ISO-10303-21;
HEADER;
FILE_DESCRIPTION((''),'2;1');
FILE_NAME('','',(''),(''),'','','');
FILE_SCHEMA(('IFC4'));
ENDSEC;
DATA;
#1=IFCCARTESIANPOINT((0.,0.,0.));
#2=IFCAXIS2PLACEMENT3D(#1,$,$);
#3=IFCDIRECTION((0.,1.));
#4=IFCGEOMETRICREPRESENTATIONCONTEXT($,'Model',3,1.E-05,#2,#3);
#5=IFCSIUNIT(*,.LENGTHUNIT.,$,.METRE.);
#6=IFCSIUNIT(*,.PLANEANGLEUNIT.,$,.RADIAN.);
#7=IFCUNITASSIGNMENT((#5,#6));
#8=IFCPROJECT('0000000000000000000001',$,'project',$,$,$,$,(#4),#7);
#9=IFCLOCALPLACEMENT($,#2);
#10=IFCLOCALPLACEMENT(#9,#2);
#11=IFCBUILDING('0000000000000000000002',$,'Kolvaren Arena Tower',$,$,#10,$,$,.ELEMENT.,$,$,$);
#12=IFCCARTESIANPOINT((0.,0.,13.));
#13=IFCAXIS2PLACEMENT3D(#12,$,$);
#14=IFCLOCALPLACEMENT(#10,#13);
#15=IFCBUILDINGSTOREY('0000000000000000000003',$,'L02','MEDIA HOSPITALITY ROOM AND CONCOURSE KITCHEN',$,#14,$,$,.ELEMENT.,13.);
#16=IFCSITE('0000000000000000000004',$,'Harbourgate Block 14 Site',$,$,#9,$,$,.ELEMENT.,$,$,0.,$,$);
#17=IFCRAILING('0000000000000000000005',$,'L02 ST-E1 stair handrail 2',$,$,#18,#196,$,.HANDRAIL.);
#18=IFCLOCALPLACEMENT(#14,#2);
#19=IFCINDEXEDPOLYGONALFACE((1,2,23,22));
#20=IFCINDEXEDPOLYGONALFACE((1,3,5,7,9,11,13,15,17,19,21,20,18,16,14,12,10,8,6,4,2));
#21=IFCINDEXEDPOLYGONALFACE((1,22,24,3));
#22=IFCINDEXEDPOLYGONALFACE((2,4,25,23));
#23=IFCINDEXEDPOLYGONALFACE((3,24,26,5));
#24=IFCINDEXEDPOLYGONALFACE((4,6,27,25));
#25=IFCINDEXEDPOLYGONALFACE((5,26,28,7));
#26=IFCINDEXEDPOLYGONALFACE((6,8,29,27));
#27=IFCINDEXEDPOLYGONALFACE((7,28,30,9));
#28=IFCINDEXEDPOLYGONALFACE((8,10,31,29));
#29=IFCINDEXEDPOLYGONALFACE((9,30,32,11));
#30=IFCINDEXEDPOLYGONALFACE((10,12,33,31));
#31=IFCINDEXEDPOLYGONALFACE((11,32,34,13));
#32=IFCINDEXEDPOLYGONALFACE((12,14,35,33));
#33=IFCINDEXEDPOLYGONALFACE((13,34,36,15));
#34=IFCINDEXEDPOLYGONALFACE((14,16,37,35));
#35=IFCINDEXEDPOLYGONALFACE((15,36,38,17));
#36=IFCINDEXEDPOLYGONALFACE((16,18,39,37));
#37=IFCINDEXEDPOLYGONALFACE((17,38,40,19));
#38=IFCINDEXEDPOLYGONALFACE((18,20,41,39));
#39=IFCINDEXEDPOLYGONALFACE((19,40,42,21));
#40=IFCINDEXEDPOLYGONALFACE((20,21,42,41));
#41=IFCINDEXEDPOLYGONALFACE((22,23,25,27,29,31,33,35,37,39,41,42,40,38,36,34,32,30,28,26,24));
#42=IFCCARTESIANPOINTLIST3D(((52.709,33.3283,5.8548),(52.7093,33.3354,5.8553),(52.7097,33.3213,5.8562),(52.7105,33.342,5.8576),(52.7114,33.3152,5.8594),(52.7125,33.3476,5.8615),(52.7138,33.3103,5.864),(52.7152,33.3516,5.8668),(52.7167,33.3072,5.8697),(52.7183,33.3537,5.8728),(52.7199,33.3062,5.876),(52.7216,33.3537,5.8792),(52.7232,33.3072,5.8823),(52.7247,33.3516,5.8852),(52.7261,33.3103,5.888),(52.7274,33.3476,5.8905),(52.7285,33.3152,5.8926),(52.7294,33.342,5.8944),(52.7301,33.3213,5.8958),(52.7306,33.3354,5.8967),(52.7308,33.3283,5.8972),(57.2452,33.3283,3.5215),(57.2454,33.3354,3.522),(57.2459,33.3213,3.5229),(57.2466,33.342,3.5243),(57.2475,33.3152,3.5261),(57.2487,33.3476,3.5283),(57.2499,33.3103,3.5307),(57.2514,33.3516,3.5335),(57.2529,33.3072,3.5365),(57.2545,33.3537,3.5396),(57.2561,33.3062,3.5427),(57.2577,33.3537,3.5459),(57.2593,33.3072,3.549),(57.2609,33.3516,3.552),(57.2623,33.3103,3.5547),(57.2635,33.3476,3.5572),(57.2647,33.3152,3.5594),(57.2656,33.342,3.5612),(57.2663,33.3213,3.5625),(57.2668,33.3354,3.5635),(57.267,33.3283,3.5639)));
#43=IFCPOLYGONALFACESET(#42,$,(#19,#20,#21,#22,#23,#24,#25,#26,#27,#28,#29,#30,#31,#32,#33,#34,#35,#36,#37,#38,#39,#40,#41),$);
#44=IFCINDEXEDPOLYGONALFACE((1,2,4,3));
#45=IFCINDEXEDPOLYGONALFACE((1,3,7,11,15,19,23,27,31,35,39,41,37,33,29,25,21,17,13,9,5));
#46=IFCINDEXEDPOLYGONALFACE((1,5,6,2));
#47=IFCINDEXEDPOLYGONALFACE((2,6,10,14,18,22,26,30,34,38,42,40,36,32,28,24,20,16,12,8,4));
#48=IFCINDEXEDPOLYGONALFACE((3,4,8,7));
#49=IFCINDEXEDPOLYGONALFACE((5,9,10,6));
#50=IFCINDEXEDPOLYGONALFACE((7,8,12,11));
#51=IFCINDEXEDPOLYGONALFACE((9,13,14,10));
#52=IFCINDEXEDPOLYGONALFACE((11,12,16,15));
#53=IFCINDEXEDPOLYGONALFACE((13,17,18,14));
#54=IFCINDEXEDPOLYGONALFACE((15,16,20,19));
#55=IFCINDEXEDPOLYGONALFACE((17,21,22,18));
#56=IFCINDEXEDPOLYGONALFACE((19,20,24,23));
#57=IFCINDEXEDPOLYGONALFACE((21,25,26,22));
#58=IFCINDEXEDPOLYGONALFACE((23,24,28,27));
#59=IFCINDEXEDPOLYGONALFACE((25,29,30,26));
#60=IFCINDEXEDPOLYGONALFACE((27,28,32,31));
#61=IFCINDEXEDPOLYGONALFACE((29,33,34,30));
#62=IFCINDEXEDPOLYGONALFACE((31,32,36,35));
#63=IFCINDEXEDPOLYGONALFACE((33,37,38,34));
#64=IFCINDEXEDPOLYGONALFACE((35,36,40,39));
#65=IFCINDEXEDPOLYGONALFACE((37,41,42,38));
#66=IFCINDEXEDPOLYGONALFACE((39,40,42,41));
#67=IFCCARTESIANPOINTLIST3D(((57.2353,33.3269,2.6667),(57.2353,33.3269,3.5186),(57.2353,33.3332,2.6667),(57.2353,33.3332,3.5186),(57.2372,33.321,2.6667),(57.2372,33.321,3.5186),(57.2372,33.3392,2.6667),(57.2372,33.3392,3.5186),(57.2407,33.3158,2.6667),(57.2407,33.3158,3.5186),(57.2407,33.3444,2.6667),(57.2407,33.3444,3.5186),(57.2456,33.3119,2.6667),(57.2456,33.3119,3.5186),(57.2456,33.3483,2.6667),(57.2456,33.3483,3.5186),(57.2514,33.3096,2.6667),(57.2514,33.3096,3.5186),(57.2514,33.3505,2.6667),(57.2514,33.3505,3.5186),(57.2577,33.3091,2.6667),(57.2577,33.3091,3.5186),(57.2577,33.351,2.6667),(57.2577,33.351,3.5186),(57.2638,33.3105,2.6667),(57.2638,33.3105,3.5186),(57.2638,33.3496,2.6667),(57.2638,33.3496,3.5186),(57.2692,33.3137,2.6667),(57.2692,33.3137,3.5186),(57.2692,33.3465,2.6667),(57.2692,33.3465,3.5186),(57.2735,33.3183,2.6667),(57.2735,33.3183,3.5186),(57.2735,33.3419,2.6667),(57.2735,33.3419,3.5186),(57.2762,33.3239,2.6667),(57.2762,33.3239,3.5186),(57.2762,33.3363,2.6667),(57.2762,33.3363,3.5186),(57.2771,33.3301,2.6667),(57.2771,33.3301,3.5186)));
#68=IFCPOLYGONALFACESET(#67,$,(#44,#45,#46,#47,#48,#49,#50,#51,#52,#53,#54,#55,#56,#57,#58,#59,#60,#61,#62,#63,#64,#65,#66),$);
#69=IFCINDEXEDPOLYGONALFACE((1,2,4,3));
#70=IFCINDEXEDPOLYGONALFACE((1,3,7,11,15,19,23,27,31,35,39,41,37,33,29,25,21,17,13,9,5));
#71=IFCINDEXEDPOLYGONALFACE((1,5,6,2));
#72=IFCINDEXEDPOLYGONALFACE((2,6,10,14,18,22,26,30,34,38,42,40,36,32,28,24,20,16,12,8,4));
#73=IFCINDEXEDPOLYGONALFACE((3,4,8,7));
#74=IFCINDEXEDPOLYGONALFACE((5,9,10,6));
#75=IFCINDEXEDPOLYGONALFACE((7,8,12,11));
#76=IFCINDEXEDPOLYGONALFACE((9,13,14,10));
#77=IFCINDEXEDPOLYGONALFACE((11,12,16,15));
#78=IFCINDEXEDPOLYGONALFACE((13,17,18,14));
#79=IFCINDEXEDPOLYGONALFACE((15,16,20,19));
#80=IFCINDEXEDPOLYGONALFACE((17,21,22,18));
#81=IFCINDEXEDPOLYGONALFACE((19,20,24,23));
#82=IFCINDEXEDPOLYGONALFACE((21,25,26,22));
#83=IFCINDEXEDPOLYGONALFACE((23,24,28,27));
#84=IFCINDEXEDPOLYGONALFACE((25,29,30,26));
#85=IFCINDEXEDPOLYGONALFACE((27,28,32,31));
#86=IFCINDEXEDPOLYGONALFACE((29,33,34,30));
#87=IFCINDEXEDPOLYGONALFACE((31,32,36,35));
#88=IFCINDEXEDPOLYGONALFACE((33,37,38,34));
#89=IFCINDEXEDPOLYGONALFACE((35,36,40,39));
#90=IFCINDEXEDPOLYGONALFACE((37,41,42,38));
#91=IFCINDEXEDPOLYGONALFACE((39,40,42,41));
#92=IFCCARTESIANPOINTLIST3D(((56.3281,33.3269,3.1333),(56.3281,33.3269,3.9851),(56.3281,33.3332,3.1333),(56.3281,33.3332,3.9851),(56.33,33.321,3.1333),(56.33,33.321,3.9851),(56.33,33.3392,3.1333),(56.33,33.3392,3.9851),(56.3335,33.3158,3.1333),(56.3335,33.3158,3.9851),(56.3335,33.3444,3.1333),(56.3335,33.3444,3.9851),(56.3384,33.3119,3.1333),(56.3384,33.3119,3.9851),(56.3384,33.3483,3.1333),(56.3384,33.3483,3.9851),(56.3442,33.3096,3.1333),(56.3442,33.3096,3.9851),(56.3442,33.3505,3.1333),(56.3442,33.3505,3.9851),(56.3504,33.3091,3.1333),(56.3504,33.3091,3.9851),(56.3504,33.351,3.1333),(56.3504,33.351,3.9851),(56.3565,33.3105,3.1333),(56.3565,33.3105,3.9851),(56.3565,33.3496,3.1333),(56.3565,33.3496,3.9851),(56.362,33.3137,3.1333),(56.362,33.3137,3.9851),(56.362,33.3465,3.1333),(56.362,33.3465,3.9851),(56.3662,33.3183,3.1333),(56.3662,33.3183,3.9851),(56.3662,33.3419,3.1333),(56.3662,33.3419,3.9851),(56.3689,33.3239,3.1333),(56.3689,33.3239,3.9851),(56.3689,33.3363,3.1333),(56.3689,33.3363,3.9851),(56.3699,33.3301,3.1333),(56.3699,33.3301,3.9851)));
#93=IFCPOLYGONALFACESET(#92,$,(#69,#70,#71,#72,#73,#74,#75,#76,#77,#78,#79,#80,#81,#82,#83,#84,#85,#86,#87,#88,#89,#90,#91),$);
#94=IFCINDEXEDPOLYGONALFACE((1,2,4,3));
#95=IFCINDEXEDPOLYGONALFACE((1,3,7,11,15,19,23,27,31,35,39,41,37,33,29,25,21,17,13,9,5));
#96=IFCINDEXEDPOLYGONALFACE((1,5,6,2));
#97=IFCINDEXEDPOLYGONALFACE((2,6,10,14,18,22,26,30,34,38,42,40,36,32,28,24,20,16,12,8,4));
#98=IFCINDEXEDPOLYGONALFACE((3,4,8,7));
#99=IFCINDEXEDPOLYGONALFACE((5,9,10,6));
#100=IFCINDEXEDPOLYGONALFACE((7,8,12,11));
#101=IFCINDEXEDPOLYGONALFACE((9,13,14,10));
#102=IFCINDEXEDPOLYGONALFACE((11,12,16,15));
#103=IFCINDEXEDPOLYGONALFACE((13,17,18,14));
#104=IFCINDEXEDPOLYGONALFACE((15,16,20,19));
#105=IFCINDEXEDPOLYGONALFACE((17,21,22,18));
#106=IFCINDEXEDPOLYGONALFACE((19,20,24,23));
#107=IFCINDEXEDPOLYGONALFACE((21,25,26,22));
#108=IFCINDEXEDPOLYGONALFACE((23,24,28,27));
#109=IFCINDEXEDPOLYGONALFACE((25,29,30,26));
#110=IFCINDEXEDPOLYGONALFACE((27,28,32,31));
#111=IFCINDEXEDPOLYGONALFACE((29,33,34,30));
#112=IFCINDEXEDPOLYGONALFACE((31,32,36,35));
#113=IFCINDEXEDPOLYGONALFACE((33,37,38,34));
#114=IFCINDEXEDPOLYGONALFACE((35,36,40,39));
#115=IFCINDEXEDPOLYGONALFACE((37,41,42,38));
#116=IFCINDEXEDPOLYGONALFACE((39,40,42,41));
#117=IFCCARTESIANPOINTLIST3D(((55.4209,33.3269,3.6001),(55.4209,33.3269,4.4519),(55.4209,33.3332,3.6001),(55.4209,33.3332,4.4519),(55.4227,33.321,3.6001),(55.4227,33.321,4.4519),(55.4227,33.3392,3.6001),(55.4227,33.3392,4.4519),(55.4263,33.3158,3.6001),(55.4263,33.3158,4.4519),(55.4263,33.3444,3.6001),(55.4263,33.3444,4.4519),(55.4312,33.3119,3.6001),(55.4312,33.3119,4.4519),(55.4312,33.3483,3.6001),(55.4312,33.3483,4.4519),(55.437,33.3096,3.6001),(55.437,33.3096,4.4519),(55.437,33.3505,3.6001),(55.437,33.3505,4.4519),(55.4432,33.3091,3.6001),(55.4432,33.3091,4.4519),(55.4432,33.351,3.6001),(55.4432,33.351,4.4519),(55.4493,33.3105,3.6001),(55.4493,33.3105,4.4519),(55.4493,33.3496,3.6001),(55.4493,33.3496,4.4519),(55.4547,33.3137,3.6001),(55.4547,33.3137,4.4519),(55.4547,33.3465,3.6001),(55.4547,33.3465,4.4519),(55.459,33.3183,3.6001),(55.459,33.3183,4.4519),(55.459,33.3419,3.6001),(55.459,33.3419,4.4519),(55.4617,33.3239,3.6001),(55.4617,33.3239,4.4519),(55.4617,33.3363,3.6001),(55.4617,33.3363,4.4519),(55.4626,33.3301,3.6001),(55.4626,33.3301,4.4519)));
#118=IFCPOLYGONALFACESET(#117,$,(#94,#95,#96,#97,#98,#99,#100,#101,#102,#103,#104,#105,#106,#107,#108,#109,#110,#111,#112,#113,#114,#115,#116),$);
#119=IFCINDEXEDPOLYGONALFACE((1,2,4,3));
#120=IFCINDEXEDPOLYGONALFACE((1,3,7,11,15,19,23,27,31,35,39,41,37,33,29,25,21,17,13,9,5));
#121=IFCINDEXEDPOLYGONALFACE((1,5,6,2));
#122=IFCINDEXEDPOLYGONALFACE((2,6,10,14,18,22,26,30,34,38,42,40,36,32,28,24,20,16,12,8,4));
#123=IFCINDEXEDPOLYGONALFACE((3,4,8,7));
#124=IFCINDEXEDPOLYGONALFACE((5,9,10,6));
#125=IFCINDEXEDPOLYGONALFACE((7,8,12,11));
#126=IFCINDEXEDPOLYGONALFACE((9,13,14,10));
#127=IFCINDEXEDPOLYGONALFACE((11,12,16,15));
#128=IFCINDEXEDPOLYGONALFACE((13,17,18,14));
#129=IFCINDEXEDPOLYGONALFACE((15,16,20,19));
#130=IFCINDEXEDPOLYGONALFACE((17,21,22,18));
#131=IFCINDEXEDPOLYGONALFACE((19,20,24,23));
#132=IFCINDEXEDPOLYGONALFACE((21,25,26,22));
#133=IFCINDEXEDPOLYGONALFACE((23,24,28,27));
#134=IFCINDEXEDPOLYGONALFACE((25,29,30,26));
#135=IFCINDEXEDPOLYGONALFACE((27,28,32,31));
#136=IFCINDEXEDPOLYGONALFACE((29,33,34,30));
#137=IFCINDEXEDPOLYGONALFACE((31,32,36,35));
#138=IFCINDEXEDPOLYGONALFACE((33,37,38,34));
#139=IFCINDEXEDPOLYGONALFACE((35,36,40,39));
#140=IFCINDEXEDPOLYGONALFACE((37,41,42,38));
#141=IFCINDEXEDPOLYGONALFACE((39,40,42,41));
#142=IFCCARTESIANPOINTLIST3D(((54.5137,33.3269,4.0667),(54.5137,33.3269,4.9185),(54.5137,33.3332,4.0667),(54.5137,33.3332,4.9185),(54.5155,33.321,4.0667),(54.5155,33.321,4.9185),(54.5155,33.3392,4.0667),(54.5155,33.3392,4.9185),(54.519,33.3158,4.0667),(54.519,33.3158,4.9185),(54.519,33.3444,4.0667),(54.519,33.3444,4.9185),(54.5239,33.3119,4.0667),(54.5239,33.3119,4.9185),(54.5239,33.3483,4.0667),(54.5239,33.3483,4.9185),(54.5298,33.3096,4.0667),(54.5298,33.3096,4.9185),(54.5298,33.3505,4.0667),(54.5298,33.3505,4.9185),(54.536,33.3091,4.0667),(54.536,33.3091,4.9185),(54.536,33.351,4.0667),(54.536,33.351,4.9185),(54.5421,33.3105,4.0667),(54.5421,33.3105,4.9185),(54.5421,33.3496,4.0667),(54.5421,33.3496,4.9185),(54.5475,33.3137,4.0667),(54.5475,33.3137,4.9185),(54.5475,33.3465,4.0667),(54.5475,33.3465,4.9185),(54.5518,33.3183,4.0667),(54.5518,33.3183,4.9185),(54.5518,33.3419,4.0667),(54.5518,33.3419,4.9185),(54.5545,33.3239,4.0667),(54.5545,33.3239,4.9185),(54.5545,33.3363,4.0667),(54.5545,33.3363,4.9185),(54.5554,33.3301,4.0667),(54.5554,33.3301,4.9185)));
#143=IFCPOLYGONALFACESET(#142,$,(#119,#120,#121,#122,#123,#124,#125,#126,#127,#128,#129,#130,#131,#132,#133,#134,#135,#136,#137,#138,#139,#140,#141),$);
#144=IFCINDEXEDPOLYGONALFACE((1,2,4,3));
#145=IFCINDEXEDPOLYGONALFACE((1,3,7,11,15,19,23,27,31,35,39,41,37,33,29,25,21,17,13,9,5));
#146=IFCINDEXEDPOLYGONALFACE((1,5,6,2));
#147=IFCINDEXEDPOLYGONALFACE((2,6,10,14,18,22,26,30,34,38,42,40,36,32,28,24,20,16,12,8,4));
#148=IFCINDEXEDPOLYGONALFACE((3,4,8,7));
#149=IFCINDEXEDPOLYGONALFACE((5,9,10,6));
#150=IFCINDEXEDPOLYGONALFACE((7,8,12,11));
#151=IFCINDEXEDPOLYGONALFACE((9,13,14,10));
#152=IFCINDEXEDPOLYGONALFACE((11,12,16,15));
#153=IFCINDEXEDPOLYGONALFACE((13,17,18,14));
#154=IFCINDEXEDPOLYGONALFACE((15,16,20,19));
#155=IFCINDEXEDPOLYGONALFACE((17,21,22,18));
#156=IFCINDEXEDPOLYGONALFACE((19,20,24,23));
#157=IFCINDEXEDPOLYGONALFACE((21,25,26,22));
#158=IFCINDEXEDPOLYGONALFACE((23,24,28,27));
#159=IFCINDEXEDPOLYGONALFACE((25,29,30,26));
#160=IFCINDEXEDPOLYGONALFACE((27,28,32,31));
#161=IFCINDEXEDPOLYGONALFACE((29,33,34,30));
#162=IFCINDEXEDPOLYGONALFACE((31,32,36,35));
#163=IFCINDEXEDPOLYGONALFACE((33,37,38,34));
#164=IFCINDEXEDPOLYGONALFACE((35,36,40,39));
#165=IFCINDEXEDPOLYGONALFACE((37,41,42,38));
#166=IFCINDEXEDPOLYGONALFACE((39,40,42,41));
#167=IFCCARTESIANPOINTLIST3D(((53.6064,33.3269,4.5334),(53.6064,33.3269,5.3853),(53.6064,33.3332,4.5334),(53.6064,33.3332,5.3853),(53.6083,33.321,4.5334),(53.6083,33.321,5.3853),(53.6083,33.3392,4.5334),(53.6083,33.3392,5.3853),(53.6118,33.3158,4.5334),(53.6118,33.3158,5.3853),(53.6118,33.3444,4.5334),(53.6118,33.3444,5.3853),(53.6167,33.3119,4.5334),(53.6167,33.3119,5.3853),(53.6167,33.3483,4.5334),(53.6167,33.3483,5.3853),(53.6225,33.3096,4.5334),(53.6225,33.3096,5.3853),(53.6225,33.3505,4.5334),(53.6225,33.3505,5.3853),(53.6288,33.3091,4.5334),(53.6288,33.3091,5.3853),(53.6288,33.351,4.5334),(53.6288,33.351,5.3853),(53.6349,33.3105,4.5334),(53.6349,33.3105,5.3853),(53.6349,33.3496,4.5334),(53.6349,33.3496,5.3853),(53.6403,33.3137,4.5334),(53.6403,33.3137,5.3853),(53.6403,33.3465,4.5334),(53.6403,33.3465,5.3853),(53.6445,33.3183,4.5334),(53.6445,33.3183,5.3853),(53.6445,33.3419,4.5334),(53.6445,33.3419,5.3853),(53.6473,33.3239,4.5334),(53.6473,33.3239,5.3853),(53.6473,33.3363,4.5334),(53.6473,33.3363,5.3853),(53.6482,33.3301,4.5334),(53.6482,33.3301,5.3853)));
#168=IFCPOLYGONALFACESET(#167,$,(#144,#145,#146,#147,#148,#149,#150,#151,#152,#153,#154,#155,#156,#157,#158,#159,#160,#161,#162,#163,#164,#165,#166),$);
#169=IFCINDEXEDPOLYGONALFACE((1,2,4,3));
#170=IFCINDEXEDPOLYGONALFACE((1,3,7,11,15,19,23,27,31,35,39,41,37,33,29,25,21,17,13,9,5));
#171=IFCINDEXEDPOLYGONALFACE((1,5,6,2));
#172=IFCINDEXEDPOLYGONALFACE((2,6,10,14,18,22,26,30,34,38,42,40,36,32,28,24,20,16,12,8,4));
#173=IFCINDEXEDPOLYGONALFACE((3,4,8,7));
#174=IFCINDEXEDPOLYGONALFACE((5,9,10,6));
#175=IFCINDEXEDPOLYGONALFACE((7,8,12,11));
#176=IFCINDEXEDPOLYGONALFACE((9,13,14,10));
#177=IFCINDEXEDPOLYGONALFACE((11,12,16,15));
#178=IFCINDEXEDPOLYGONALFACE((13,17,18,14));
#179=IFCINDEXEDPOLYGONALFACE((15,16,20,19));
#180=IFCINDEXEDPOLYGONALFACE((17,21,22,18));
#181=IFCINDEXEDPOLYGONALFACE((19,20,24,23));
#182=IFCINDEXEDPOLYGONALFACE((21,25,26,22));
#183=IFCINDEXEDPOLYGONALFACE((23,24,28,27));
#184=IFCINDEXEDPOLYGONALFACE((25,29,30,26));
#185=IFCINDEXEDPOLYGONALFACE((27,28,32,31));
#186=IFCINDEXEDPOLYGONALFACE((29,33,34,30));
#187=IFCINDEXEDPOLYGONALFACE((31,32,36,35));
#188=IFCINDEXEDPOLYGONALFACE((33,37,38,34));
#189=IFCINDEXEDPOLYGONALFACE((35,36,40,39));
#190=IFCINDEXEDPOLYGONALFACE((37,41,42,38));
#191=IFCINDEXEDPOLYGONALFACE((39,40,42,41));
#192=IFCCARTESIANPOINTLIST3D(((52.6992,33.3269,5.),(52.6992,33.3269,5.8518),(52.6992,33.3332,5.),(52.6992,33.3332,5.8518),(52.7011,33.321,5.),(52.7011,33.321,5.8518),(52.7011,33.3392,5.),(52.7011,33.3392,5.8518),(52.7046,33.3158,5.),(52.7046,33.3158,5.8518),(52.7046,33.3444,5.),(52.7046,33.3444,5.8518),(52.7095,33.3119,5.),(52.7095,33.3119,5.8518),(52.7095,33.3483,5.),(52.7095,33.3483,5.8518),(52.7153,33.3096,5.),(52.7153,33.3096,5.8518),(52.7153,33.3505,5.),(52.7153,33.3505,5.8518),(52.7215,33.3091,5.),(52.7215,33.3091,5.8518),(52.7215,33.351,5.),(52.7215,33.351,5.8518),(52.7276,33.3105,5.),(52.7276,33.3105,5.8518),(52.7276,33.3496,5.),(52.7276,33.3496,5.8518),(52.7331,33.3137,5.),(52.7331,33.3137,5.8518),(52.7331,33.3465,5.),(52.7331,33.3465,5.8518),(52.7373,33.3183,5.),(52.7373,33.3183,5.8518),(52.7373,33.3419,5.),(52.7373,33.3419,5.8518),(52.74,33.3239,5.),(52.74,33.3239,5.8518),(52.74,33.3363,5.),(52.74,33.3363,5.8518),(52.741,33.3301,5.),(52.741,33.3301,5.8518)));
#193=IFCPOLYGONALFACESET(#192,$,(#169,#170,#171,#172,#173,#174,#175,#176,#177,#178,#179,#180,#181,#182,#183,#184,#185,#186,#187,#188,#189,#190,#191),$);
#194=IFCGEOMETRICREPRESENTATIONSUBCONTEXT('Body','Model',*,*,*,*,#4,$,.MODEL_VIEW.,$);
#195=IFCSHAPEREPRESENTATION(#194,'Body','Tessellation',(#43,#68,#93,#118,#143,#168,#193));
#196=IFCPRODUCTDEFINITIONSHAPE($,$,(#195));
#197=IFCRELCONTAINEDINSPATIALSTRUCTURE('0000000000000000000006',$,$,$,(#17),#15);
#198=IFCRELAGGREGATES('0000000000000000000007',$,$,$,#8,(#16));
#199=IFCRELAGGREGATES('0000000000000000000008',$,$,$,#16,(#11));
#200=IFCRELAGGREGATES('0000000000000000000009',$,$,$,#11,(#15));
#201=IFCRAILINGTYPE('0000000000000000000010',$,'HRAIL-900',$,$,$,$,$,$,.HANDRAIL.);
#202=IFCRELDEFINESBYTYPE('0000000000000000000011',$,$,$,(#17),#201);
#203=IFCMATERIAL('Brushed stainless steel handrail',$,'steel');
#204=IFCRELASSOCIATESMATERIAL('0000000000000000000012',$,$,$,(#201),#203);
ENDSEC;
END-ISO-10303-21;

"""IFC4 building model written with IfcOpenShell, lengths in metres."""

from ifc_helpers import new_model, si_unit, direction, frame, origin, origin_2d, place, context, subcontext, project, spatial, circle, extrude, material, type_object, element, save


model = new_model("IFC4")

# Units and contexts
model_context = context("Model", 3, precision=1e-05, world=origin(), true_north=direction((0.0, 1.0)))
body_context = subcontext(model_context, "Body", "Model", "MODEL_VIEW")
ifc_project = project(units=[si_unit("LENGTHUNIT", "METRE"), si_unit("PLANEANGLEUNIT", "RADIAN")], contexts=[model_context])

# Site, building, storey
site_placement = place(None, origin())
site = spatial("IfcSite", under=ifc_project, at=site_placement, Name="Harbourgate Block 14 Site", CompositionType="ELEMENT", RefElevation=0.0)
building_placement = place(site_placement, origin())
building = spatial("IfcBuilding", under=site, at=building_placement, Name="Kolvaren Arena Tower", CompositionType="ELEMENT")
storey_placement = place(building_placement, frame((0.0, 0.0, 13.0)))
storey = spatial("IfcBuildingStorey", under=building, at=storey_placement, Name="L02", Description="MEDIA HOSPITALITY ROOM AND CONCOURSE KITCHEN", CompositionType="ELEMENT", Elevation=13.0)

# Railing
ifc_material_1 = material(Name="Brushed stainless steel handrail", Category="steel")
railing_type_1 = type_object("IfcRailingType", Name="HRAIL-900", PredefinedType="HANDRAIL", material=ifc_material_1)
railing_1_placement = place(storey_placement, frame((57.2561, 33.3301, 2.6667)))
element("IfcRailing", 1, at=railing_1_placement, inside=storey, type_object=railing_type_1, Name="L02 ST-E1 stair handrail 2", PredefinedType="HANDRAIL", context=body_context, shape_type="SweptSolid", body=[
    extrude(circle(Radius=0.0239, at=origin_2d()), frame((0.0, 0.0, 0.876), z_axis=(-0.889257, 0.0, 0.457407), x_axis=(0.0, -1.0, 0.0)), (0.0, 0.0, 1.0), 5.1011),
    extrude(circle(Radius=0.021, at=origin_2d()), origin(), (0.0, 0.0, 1.0), 0.8518),
    extrude(circle(Radius=0.021, at=origin_2d()), frame((-0.9072, 0.0, 0.4666)), (0.0, 0.0, 1.0), 0.8518),
    extrude(circle(Radius=0.021, at=origin_2d()), frame((-1.8145, 0.0, 0.9333)), (0.0, 0.0, 1.0), 0.8518),
    extrude(circle(Radius=0.021, at=origin_2d()), frame((-2.7217, 0.0, 1.3999)), (0.0, 0.0, 1.0), 0.8518),
    extrude(circle(Radius=0.021, at=origin_2d()), frame((-3.6289, 0.0, 1.8667)), (0.0, 0.0, 1.0), 0.8518),
    extrude(circle(Radius=0.021, at=origin_2d()), frame((-4.5361, 0.0, 2.3333)), (0.0, 0.0, 1.0), 0.8518),
])

save(model, "model.ifc")
